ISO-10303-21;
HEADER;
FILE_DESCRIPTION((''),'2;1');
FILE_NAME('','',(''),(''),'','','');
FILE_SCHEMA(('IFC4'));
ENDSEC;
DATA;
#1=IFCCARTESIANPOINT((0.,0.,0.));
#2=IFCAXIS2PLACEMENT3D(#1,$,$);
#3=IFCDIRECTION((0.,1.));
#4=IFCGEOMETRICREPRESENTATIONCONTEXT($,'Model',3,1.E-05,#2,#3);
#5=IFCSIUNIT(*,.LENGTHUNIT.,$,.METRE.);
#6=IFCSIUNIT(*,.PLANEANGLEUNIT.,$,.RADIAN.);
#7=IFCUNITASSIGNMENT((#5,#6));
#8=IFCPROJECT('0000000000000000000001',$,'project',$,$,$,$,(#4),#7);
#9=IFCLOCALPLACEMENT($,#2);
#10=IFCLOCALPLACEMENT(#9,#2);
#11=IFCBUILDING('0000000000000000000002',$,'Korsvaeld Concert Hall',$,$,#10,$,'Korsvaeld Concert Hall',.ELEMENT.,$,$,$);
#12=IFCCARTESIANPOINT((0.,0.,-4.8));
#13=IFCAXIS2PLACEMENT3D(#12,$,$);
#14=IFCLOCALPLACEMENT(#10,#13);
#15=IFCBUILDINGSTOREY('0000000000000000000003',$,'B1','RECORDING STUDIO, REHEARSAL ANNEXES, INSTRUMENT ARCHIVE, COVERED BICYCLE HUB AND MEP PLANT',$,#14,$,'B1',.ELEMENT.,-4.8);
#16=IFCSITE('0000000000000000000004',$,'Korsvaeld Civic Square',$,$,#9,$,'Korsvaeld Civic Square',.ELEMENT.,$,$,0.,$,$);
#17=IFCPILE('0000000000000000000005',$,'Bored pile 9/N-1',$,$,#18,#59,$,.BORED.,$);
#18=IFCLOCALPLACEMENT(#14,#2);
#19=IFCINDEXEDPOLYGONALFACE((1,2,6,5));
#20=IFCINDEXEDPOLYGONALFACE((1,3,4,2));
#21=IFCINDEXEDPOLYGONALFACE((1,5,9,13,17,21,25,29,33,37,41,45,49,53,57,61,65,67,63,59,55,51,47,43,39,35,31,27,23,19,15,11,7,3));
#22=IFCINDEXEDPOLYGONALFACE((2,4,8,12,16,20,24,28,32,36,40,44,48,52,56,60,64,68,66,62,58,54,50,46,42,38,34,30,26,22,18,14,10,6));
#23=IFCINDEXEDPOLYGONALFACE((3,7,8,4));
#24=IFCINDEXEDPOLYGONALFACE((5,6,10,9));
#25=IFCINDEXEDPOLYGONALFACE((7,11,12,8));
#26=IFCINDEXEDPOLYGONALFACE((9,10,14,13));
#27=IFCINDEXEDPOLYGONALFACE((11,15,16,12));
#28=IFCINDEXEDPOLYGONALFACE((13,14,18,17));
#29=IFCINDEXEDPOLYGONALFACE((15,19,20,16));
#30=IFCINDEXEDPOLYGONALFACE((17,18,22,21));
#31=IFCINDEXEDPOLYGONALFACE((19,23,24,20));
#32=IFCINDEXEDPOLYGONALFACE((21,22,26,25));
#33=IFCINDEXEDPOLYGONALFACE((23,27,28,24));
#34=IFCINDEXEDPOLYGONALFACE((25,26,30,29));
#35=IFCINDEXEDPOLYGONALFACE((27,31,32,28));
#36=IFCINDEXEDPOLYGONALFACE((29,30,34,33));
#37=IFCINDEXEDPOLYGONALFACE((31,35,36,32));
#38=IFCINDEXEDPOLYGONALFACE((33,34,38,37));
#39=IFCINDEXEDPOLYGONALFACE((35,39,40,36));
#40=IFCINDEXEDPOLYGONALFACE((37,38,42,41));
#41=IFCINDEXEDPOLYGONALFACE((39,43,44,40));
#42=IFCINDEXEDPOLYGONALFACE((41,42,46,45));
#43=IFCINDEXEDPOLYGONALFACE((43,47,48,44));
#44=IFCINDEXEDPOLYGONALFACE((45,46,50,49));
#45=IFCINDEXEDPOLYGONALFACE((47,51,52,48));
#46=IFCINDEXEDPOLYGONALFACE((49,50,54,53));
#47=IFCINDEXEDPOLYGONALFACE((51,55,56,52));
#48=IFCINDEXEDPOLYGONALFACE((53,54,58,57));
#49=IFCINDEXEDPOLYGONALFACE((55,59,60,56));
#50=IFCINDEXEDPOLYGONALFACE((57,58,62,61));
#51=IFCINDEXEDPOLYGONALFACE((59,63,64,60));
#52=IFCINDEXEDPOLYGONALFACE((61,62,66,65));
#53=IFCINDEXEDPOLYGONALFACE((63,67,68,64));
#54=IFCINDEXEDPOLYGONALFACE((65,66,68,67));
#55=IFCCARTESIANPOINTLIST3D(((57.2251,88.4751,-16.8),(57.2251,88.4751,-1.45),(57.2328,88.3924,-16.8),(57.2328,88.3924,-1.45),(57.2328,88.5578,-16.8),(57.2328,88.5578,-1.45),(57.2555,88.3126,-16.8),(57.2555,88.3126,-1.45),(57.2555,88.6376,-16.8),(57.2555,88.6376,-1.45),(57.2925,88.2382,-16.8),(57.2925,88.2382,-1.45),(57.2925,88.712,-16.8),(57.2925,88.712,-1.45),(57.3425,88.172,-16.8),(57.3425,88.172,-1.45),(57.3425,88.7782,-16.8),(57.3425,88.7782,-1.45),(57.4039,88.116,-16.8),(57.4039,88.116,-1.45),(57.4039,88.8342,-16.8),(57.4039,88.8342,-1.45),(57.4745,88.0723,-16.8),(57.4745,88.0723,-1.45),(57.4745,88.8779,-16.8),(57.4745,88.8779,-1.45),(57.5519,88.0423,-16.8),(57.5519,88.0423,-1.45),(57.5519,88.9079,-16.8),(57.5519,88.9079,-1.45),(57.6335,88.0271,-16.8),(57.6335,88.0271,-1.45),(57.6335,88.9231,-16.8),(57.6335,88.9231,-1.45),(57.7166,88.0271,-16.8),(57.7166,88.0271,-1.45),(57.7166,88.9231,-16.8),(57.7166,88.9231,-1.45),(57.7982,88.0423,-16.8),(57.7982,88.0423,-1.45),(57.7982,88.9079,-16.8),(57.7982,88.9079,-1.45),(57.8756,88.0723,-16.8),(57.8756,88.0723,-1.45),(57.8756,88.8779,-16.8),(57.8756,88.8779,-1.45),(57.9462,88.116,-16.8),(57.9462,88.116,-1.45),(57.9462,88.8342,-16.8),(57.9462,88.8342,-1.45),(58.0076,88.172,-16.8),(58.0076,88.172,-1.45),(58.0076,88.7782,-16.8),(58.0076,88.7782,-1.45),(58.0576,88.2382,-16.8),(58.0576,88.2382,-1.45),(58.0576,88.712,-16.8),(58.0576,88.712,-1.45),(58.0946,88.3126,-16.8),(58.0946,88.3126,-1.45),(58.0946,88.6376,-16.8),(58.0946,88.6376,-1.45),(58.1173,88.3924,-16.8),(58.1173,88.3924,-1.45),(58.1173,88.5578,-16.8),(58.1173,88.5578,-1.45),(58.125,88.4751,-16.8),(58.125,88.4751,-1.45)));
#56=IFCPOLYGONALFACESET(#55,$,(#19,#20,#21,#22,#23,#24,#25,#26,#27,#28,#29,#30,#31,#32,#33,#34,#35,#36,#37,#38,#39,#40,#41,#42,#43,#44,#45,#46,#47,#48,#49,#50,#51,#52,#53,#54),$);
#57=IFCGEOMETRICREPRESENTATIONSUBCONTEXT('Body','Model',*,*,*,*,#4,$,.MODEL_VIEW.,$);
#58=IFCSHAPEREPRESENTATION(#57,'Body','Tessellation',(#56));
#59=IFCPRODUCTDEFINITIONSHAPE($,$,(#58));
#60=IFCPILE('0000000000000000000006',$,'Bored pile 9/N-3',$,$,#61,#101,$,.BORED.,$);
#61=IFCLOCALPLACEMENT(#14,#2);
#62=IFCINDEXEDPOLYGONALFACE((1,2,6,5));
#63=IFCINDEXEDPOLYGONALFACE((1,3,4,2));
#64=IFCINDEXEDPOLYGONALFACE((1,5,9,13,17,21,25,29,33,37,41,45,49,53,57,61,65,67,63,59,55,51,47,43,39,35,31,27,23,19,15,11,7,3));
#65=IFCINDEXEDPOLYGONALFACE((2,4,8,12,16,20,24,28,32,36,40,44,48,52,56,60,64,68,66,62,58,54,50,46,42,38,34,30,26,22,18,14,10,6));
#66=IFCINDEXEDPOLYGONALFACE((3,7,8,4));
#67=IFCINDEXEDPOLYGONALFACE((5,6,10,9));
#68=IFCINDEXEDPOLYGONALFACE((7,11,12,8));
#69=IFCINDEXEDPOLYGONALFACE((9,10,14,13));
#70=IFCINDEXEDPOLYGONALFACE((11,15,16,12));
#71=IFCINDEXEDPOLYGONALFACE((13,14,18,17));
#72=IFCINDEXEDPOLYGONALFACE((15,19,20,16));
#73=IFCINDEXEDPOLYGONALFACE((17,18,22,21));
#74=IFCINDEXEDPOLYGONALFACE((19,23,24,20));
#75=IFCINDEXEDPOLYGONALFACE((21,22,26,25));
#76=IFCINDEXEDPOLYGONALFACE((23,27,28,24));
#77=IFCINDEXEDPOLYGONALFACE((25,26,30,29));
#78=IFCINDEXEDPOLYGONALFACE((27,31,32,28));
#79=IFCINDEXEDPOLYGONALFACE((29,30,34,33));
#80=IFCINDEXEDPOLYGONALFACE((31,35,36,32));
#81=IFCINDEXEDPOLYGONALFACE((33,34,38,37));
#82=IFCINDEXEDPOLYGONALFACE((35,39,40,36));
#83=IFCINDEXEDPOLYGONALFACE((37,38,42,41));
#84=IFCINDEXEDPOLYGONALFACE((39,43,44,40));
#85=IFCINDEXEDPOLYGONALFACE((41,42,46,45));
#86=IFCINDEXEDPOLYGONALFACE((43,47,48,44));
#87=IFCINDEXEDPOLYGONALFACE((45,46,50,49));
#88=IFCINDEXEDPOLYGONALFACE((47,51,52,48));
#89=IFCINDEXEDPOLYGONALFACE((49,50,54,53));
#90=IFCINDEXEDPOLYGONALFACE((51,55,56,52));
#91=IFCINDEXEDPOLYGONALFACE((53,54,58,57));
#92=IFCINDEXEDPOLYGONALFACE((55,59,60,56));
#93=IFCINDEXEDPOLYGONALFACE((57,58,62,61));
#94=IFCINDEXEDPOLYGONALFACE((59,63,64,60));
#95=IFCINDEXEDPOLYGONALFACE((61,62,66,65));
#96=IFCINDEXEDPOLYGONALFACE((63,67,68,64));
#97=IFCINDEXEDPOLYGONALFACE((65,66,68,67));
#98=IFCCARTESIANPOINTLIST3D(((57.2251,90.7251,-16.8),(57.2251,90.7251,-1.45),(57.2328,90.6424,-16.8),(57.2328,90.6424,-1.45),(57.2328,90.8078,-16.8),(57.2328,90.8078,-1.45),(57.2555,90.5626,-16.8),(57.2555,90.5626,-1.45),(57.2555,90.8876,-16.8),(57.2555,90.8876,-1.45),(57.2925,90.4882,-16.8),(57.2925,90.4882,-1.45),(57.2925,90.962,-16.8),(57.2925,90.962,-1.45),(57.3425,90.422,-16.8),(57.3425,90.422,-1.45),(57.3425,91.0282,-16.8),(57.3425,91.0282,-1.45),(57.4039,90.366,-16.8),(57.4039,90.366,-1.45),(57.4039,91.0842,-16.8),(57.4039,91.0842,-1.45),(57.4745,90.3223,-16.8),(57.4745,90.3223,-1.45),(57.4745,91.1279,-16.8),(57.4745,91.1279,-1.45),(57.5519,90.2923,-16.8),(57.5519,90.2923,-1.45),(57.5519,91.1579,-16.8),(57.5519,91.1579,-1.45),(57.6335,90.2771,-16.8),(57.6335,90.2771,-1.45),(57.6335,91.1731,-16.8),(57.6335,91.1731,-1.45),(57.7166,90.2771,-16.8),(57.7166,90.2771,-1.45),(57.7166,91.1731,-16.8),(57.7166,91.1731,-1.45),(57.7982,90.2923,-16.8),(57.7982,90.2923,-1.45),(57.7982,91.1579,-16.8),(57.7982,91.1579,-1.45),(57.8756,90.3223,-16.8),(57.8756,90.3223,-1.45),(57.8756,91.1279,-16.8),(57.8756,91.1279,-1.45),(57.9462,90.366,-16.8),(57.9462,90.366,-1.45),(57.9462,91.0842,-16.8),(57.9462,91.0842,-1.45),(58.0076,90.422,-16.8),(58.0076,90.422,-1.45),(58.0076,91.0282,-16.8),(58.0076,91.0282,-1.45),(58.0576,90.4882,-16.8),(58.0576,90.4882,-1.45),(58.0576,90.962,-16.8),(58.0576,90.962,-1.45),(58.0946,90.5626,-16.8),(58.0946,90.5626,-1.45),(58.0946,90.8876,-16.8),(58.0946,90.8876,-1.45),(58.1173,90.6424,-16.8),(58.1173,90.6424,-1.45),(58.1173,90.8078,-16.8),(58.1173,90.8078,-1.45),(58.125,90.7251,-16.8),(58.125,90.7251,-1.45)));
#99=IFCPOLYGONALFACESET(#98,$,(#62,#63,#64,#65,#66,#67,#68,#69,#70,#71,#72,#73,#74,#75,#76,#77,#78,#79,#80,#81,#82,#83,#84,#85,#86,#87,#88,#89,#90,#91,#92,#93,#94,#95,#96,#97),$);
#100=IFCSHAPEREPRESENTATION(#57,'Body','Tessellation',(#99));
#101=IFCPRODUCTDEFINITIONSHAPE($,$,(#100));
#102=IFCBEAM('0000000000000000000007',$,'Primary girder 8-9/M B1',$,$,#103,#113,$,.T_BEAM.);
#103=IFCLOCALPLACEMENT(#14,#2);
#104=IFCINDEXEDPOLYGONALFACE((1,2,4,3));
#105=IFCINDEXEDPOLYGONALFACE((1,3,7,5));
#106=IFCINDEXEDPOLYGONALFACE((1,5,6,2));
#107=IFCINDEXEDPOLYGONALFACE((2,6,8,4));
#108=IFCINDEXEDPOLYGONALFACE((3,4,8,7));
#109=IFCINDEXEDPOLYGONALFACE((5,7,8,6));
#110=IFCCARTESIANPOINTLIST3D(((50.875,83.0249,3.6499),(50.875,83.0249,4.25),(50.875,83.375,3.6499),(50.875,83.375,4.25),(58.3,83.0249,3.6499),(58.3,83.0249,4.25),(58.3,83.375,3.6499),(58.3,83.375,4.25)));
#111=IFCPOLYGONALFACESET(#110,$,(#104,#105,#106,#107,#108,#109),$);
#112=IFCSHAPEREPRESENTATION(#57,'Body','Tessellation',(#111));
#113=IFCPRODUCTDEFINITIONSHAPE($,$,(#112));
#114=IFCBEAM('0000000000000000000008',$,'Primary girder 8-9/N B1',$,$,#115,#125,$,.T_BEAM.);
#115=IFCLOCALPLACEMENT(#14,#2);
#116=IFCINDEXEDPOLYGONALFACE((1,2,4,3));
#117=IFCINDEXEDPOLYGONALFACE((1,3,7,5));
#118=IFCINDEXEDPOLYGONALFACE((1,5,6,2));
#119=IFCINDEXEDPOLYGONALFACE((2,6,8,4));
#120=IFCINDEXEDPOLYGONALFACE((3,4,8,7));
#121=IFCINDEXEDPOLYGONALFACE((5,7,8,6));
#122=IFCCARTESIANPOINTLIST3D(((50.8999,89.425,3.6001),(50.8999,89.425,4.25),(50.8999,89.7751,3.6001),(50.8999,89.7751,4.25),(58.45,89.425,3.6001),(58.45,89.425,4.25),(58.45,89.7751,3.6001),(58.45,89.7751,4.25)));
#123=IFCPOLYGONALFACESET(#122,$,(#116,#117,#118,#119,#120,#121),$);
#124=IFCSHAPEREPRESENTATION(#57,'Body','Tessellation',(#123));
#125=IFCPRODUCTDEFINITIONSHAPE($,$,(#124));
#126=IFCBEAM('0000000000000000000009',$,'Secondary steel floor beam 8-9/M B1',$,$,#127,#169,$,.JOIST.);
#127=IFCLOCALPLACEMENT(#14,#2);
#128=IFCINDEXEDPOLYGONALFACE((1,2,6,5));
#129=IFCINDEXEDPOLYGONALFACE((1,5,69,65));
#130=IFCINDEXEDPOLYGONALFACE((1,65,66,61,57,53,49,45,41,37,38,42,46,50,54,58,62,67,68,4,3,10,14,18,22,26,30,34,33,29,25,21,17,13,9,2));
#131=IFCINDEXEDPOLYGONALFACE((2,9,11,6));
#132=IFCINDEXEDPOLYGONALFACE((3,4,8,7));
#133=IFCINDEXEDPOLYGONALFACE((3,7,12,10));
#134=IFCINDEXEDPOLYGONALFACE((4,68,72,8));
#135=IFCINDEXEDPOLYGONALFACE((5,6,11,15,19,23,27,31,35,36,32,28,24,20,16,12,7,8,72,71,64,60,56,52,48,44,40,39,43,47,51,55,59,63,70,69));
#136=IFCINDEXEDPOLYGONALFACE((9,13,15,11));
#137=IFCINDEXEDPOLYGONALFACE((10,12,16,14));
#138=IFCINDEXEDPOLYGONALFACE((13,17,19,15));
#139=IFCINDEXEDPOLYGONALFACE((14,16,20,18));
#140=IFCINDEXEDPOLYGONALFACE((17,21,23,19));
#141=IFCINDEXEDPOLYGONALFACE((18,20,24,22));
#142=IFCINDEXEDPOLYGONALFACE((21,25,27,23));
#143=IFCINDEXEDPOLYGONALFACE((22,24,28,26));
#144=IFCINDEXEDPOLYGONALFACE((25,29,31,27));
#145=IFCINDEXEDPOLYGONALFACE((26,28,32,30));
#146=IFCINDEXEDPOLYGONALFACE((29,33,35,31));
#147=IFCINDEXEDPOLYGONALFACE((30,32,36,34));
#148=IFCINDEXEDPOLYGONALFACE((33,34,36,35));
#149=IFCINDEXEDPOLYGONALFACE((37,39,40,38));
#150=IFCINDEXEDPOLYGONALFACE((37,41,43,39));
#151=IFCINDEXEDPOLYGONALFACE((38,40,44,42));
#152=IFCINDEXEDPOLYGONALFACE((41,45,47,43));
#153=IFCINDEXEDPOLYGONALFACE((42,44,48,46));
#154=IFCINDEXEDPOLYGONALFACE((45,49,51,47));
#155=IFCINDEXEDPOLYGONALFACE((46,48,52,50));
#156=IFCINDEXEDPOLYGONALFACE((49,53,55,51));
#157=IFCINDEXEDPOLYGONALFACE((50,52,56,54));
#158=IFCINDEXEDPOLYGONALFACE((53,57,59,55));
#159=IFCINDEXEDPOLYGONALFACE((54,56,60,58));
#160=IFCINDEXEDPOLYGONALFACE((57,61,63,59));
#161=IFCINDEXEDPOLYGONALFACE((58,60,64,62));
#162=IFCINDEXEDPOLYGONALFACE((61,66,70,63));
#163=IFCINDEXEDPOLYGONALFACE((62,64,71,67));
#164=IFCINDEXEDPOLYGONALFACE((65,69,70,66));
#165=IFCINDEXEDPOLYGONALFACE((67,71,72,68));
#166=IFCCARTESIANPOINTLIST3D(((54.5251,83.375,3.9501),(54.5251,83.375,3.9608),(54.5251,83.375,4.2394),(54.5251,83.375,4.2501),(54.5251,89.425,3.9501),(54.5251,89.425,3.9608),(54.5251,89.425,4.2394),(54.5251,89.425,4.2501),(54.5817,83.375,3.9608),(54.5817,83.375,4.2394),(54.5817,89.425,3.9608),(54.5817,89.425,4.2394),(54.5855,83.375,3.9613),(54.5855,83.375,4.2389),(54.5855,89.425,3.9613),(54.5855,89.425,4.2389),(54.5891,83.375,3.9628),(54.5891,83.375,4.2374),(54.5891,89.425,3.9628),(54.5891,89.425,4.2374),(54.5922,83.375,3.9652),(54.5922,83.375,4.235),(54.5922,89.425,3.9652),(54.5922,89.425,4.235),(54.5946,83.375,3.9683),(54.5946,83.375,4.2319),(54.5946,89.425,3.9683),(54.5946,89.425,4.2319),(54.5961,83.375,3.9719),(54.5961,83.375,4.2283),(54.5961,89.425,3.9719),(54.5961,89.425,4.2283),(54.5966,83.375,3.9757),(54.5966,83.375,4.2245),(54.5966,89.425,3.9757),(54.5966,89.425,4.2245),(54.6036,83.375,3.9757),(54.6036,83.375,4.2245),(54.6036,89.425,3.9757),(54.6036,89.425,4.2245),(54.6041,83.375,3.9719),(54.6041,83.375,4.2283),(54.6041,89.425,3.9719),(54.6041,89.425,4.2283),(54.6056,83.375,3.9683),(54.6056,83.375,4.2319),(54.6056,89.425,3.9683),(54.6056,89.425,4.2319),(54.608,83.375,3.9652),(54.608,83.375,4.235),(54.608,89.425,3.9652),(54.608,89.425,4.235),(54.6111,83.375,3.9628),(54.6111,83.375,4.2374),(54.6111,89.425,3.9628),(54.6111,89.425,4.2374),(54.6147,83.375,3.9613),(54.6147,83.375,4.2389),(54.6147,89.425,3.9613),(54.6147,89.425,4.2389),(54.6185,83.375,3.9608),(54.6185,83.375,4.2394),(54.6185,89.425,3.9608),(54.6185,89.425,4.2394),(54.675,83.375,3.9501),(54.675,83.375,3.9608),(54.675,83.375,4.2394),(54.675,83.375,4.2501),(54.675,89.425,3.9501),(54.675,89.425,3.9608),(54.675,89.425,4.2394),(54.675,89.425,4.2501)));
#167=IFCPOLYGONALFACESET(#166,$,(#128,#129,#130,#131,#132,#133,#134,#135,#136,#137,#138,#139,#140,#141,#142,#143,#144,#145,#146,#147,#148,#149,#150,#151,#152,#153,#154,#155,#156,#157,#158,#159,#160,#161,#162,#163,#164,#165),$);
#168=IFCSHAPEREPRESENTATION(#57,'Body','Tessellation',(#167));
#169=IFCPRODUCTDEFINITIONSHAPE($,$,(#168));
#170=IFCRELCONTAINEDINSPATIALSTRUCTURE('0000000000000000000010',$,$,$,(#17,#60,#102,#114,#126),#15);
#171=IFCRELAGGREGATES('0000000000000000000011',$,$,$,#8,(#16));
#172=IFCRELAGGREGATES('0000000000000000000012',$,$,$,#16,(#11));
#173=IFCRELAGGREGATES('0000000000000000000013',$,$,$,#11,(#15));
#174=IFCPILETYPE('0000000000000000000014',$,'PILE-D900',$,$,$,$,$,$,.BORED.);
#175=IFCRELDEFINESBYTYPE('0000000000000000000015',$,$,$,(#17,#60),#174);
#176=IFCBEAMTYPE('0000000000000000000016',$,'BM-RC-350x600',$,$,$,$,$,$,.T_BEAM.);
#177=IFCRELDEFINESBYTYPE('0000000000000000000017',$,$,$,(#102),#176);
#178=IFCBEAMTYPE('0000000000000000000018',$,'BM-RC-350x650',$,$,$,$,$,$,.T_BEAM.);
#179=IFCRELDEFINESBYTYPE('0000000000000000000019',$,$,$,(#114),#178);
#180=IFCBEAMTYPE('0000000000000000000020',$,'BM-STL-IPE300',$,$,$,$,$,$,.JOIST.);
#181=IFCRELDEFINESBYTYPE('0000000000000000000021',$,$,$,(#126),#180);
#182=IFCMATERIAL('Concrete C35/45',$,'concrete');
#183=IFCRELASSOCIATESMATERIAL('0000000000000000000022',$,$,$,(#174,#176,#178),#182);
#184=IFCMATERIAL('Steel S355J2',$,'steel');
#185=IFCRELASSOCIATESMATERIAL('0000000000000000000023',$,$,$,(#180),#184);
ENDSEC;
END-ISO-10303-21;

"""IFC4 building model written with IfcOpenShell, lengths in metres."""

from ifc_helpers import new_model, si_unit, direction, frame, origin, origin_2d, place, context, subcontext, project, spatial, rectangle, circle, i_section, extrude, material, material_profile, profile_set, type_object, element, save


model = new_model("IFC4")

# Units and contexts
model_context = context("Model", 3, precision=1e-05, world=origin(), true_north=direction((0.0, 1.0)))
body_context = subcontext(model_context, "Body", "Model", "MODEL_VIEW")
ifc_project = project(units=[si_unit("LENGTHUNIT", "METRE"), si_unit("PLANEANGLEUNIT", "RADIAN")], contexts=[model_context])

# Site, building, storey
site_placement = place(None, origin())
site = spatial("IfcSite", under=ifc_project, at=site_placement, Name="Korsvaeld Civic Square", LongName="Korsvaeld Civic Square", CompositionType="ELEMENT", RefElevation=0.0)
building_placement = place(site_placement, origin())
building = spatial("IfcBuilding", under=site, at=building_placement, Name="Korsvaeld Concert Hall", LongName="Korsvaeld Concert Hall", CompositionType="ELEMENT")
storey_placement = place(building_placement, frame((0.0, 0.0, -4.8)))
storey = spatial("IfcBuildingStorey", under=building, at=storey_placement, Name="B1", Description="RECORDING STUDIO, REHEARSAL ANNEXES, INSTRUMENT ARCHIVE, COVERED BICYCLE HUB AND MEP PLANT", LongName="B1", CompositionType="ELEMENT", Elevation=-4.8)

# Shared definitions
ifc_material_1 = material(Name="Concrete C35/45", Category="concrete")

# Piles
ifc_material_profile_1 = material_profile(ifc_material_1, circle(Radius=0.45, at=origin_2d()), Name="BORED PILE D900")
ifc_profile_set_1 = profile_set([ifc_material_profile_1], Name="Concrete C35/45")
pile_type_1 = type_object("IfcPileType", Name="PILE-D900", PredefinedType="BORED", material=ifc_profile_set_1)
for number, where, z_axis, x_axis, name in (
    (1, (57.675, 88.4751, -1.45), (0.0, 0.0, -1.0), (1.0, 0.0, 0.0), "Bored pile 9/N-1"),
    (2, (57.675, 90.7251, -1.45), (0.0, 0.0, -1.0), (1.0, 0.0, 0.0), "Bored pile 9/N-3"),
):
    element("IfcPile", number, at=place(storey_placement, frame(where, z_axis=z_axis, x_axis=x_axis)), inside=storey, type_object=pile_type_1, Name=name, PredefinedType="BORED", context=body_context, shape_type="SweptSolid", body=[
        extrude(circle(Radius=0.45, at=origin_2d()), origin(), (0.0, 0.0, 1.0), 15.3501),
    ])

# Beams
ifc_material_profile_2 = material_profile(ifc_material_1, rectangle(XDim=0.3501, YDim=0.6001, at=origin_2d()), Name="RC 350x600")
ifc_profile_set_2 = profile_set([ifc_material_profile_2], Name="Concrete C35/45")
beam_type_1 = type_object("IfcBeamType", Name="BM-RC-350x600", PredefinedType="T_BEAM", material=ifc_profile_set_2)
beam_1_placement = place(storey_placement, frame((50.875, 83.2, 3.95), z_axis=(1.0, 0.0, 0.0), x_axis=(0.0, 1.0, 0.0)))
element("IfcBeam", 3, at=beam_1_placement, inside=storey, type_object=beam_type_1, Name="Primary girder 8-9/M B1", PredefinedType="T_BEAM", context=body_context, shape_type="SweptSolid", body=[
    extrude(rectangle(XDim=0.3501, YDim=0.6001, at=origin_2d()), origin(), (0.0, 0.0, 1.0), 7.425),
])
ifc_material_profile_3 = material_profile(ifc_material_1, rectangle(XDim=0.3501, YDim=0.6499, at=origin_2d()), Name="RC 350x650")
ifc_profile_set_3 = profile_set([ifc_material_profile_3], Name="Concrete C35/45")
beam_type_2 = type_object("IfcBeamType", Name="BM-RC-350x650", PredefinedType="T_BEAM", material=ifc_profile_set_3)
beam_2_placement = place(storey_placement, frame((50.8999, 89.6001, 3.925), z_axis=(1.0, 0.0, 0.0), x_axis=(0.0, 1.0, 0.0)))
element("IfcBeam", 4, at=beam_2_placement, inside=storey, type_object=beam_type_2, Name="Primary girder 8-9/N B1", PredefinedType="T_BEAM", context=body_context, shape_type="SweptSolid", body=[
    extrude(rectangle(XDim=0.3501, YDim=0.6499, at=origin_2d()), origin(), (0.0, 0.0, 1.0), 7.55),
])
ifc_material_2 = material(Name="Steel S355J2", Category="steel")
ifc_material_profile_4 = material_profile(ifc_material_2, i_section(OverallWidth=0.1499, OverallDepth=0.3, WebThickness=0.0071, FlangeThickness=0.0107, FilletRadius=0.0149, at=origin_2d()), Name="IPE 300")
ifc_profile_set_4 = profile_set([ifc_material_profile_4], Name="Steel S355J2")
beam_type_3 = type_object("IfcBeamType", Name="BM-STL-IPE300", PredefinedType="JOIST", material=ifc_profile_set_4)
beam_3_placement = place(storey_placement, frame((54.6001, 83.375, 4.1001), z_axis=(0.0, 1.0, 0.0), x_axis=(-1.0, 0.0, 0.0)))
element("IfcBeam", 5, at=beam_3_placement, inside=storey, type_object=beam_type_3, Name="Secondary steel floor beam 8-9/M B1", PredefinedType="JOIST", context=body_context, shape_type="SweptSolid", body=[
    extrude(i_section(OverallWidth=0.1499, OverallDepth=0.3, WebThickness=0.0071, FlangeThickness=0.0107, FilletRadius=0.0149, at=origin_2d()), origin(), (0.0, 0.0, 1.0), 6.05),
])

save(model, "model.ifc")
